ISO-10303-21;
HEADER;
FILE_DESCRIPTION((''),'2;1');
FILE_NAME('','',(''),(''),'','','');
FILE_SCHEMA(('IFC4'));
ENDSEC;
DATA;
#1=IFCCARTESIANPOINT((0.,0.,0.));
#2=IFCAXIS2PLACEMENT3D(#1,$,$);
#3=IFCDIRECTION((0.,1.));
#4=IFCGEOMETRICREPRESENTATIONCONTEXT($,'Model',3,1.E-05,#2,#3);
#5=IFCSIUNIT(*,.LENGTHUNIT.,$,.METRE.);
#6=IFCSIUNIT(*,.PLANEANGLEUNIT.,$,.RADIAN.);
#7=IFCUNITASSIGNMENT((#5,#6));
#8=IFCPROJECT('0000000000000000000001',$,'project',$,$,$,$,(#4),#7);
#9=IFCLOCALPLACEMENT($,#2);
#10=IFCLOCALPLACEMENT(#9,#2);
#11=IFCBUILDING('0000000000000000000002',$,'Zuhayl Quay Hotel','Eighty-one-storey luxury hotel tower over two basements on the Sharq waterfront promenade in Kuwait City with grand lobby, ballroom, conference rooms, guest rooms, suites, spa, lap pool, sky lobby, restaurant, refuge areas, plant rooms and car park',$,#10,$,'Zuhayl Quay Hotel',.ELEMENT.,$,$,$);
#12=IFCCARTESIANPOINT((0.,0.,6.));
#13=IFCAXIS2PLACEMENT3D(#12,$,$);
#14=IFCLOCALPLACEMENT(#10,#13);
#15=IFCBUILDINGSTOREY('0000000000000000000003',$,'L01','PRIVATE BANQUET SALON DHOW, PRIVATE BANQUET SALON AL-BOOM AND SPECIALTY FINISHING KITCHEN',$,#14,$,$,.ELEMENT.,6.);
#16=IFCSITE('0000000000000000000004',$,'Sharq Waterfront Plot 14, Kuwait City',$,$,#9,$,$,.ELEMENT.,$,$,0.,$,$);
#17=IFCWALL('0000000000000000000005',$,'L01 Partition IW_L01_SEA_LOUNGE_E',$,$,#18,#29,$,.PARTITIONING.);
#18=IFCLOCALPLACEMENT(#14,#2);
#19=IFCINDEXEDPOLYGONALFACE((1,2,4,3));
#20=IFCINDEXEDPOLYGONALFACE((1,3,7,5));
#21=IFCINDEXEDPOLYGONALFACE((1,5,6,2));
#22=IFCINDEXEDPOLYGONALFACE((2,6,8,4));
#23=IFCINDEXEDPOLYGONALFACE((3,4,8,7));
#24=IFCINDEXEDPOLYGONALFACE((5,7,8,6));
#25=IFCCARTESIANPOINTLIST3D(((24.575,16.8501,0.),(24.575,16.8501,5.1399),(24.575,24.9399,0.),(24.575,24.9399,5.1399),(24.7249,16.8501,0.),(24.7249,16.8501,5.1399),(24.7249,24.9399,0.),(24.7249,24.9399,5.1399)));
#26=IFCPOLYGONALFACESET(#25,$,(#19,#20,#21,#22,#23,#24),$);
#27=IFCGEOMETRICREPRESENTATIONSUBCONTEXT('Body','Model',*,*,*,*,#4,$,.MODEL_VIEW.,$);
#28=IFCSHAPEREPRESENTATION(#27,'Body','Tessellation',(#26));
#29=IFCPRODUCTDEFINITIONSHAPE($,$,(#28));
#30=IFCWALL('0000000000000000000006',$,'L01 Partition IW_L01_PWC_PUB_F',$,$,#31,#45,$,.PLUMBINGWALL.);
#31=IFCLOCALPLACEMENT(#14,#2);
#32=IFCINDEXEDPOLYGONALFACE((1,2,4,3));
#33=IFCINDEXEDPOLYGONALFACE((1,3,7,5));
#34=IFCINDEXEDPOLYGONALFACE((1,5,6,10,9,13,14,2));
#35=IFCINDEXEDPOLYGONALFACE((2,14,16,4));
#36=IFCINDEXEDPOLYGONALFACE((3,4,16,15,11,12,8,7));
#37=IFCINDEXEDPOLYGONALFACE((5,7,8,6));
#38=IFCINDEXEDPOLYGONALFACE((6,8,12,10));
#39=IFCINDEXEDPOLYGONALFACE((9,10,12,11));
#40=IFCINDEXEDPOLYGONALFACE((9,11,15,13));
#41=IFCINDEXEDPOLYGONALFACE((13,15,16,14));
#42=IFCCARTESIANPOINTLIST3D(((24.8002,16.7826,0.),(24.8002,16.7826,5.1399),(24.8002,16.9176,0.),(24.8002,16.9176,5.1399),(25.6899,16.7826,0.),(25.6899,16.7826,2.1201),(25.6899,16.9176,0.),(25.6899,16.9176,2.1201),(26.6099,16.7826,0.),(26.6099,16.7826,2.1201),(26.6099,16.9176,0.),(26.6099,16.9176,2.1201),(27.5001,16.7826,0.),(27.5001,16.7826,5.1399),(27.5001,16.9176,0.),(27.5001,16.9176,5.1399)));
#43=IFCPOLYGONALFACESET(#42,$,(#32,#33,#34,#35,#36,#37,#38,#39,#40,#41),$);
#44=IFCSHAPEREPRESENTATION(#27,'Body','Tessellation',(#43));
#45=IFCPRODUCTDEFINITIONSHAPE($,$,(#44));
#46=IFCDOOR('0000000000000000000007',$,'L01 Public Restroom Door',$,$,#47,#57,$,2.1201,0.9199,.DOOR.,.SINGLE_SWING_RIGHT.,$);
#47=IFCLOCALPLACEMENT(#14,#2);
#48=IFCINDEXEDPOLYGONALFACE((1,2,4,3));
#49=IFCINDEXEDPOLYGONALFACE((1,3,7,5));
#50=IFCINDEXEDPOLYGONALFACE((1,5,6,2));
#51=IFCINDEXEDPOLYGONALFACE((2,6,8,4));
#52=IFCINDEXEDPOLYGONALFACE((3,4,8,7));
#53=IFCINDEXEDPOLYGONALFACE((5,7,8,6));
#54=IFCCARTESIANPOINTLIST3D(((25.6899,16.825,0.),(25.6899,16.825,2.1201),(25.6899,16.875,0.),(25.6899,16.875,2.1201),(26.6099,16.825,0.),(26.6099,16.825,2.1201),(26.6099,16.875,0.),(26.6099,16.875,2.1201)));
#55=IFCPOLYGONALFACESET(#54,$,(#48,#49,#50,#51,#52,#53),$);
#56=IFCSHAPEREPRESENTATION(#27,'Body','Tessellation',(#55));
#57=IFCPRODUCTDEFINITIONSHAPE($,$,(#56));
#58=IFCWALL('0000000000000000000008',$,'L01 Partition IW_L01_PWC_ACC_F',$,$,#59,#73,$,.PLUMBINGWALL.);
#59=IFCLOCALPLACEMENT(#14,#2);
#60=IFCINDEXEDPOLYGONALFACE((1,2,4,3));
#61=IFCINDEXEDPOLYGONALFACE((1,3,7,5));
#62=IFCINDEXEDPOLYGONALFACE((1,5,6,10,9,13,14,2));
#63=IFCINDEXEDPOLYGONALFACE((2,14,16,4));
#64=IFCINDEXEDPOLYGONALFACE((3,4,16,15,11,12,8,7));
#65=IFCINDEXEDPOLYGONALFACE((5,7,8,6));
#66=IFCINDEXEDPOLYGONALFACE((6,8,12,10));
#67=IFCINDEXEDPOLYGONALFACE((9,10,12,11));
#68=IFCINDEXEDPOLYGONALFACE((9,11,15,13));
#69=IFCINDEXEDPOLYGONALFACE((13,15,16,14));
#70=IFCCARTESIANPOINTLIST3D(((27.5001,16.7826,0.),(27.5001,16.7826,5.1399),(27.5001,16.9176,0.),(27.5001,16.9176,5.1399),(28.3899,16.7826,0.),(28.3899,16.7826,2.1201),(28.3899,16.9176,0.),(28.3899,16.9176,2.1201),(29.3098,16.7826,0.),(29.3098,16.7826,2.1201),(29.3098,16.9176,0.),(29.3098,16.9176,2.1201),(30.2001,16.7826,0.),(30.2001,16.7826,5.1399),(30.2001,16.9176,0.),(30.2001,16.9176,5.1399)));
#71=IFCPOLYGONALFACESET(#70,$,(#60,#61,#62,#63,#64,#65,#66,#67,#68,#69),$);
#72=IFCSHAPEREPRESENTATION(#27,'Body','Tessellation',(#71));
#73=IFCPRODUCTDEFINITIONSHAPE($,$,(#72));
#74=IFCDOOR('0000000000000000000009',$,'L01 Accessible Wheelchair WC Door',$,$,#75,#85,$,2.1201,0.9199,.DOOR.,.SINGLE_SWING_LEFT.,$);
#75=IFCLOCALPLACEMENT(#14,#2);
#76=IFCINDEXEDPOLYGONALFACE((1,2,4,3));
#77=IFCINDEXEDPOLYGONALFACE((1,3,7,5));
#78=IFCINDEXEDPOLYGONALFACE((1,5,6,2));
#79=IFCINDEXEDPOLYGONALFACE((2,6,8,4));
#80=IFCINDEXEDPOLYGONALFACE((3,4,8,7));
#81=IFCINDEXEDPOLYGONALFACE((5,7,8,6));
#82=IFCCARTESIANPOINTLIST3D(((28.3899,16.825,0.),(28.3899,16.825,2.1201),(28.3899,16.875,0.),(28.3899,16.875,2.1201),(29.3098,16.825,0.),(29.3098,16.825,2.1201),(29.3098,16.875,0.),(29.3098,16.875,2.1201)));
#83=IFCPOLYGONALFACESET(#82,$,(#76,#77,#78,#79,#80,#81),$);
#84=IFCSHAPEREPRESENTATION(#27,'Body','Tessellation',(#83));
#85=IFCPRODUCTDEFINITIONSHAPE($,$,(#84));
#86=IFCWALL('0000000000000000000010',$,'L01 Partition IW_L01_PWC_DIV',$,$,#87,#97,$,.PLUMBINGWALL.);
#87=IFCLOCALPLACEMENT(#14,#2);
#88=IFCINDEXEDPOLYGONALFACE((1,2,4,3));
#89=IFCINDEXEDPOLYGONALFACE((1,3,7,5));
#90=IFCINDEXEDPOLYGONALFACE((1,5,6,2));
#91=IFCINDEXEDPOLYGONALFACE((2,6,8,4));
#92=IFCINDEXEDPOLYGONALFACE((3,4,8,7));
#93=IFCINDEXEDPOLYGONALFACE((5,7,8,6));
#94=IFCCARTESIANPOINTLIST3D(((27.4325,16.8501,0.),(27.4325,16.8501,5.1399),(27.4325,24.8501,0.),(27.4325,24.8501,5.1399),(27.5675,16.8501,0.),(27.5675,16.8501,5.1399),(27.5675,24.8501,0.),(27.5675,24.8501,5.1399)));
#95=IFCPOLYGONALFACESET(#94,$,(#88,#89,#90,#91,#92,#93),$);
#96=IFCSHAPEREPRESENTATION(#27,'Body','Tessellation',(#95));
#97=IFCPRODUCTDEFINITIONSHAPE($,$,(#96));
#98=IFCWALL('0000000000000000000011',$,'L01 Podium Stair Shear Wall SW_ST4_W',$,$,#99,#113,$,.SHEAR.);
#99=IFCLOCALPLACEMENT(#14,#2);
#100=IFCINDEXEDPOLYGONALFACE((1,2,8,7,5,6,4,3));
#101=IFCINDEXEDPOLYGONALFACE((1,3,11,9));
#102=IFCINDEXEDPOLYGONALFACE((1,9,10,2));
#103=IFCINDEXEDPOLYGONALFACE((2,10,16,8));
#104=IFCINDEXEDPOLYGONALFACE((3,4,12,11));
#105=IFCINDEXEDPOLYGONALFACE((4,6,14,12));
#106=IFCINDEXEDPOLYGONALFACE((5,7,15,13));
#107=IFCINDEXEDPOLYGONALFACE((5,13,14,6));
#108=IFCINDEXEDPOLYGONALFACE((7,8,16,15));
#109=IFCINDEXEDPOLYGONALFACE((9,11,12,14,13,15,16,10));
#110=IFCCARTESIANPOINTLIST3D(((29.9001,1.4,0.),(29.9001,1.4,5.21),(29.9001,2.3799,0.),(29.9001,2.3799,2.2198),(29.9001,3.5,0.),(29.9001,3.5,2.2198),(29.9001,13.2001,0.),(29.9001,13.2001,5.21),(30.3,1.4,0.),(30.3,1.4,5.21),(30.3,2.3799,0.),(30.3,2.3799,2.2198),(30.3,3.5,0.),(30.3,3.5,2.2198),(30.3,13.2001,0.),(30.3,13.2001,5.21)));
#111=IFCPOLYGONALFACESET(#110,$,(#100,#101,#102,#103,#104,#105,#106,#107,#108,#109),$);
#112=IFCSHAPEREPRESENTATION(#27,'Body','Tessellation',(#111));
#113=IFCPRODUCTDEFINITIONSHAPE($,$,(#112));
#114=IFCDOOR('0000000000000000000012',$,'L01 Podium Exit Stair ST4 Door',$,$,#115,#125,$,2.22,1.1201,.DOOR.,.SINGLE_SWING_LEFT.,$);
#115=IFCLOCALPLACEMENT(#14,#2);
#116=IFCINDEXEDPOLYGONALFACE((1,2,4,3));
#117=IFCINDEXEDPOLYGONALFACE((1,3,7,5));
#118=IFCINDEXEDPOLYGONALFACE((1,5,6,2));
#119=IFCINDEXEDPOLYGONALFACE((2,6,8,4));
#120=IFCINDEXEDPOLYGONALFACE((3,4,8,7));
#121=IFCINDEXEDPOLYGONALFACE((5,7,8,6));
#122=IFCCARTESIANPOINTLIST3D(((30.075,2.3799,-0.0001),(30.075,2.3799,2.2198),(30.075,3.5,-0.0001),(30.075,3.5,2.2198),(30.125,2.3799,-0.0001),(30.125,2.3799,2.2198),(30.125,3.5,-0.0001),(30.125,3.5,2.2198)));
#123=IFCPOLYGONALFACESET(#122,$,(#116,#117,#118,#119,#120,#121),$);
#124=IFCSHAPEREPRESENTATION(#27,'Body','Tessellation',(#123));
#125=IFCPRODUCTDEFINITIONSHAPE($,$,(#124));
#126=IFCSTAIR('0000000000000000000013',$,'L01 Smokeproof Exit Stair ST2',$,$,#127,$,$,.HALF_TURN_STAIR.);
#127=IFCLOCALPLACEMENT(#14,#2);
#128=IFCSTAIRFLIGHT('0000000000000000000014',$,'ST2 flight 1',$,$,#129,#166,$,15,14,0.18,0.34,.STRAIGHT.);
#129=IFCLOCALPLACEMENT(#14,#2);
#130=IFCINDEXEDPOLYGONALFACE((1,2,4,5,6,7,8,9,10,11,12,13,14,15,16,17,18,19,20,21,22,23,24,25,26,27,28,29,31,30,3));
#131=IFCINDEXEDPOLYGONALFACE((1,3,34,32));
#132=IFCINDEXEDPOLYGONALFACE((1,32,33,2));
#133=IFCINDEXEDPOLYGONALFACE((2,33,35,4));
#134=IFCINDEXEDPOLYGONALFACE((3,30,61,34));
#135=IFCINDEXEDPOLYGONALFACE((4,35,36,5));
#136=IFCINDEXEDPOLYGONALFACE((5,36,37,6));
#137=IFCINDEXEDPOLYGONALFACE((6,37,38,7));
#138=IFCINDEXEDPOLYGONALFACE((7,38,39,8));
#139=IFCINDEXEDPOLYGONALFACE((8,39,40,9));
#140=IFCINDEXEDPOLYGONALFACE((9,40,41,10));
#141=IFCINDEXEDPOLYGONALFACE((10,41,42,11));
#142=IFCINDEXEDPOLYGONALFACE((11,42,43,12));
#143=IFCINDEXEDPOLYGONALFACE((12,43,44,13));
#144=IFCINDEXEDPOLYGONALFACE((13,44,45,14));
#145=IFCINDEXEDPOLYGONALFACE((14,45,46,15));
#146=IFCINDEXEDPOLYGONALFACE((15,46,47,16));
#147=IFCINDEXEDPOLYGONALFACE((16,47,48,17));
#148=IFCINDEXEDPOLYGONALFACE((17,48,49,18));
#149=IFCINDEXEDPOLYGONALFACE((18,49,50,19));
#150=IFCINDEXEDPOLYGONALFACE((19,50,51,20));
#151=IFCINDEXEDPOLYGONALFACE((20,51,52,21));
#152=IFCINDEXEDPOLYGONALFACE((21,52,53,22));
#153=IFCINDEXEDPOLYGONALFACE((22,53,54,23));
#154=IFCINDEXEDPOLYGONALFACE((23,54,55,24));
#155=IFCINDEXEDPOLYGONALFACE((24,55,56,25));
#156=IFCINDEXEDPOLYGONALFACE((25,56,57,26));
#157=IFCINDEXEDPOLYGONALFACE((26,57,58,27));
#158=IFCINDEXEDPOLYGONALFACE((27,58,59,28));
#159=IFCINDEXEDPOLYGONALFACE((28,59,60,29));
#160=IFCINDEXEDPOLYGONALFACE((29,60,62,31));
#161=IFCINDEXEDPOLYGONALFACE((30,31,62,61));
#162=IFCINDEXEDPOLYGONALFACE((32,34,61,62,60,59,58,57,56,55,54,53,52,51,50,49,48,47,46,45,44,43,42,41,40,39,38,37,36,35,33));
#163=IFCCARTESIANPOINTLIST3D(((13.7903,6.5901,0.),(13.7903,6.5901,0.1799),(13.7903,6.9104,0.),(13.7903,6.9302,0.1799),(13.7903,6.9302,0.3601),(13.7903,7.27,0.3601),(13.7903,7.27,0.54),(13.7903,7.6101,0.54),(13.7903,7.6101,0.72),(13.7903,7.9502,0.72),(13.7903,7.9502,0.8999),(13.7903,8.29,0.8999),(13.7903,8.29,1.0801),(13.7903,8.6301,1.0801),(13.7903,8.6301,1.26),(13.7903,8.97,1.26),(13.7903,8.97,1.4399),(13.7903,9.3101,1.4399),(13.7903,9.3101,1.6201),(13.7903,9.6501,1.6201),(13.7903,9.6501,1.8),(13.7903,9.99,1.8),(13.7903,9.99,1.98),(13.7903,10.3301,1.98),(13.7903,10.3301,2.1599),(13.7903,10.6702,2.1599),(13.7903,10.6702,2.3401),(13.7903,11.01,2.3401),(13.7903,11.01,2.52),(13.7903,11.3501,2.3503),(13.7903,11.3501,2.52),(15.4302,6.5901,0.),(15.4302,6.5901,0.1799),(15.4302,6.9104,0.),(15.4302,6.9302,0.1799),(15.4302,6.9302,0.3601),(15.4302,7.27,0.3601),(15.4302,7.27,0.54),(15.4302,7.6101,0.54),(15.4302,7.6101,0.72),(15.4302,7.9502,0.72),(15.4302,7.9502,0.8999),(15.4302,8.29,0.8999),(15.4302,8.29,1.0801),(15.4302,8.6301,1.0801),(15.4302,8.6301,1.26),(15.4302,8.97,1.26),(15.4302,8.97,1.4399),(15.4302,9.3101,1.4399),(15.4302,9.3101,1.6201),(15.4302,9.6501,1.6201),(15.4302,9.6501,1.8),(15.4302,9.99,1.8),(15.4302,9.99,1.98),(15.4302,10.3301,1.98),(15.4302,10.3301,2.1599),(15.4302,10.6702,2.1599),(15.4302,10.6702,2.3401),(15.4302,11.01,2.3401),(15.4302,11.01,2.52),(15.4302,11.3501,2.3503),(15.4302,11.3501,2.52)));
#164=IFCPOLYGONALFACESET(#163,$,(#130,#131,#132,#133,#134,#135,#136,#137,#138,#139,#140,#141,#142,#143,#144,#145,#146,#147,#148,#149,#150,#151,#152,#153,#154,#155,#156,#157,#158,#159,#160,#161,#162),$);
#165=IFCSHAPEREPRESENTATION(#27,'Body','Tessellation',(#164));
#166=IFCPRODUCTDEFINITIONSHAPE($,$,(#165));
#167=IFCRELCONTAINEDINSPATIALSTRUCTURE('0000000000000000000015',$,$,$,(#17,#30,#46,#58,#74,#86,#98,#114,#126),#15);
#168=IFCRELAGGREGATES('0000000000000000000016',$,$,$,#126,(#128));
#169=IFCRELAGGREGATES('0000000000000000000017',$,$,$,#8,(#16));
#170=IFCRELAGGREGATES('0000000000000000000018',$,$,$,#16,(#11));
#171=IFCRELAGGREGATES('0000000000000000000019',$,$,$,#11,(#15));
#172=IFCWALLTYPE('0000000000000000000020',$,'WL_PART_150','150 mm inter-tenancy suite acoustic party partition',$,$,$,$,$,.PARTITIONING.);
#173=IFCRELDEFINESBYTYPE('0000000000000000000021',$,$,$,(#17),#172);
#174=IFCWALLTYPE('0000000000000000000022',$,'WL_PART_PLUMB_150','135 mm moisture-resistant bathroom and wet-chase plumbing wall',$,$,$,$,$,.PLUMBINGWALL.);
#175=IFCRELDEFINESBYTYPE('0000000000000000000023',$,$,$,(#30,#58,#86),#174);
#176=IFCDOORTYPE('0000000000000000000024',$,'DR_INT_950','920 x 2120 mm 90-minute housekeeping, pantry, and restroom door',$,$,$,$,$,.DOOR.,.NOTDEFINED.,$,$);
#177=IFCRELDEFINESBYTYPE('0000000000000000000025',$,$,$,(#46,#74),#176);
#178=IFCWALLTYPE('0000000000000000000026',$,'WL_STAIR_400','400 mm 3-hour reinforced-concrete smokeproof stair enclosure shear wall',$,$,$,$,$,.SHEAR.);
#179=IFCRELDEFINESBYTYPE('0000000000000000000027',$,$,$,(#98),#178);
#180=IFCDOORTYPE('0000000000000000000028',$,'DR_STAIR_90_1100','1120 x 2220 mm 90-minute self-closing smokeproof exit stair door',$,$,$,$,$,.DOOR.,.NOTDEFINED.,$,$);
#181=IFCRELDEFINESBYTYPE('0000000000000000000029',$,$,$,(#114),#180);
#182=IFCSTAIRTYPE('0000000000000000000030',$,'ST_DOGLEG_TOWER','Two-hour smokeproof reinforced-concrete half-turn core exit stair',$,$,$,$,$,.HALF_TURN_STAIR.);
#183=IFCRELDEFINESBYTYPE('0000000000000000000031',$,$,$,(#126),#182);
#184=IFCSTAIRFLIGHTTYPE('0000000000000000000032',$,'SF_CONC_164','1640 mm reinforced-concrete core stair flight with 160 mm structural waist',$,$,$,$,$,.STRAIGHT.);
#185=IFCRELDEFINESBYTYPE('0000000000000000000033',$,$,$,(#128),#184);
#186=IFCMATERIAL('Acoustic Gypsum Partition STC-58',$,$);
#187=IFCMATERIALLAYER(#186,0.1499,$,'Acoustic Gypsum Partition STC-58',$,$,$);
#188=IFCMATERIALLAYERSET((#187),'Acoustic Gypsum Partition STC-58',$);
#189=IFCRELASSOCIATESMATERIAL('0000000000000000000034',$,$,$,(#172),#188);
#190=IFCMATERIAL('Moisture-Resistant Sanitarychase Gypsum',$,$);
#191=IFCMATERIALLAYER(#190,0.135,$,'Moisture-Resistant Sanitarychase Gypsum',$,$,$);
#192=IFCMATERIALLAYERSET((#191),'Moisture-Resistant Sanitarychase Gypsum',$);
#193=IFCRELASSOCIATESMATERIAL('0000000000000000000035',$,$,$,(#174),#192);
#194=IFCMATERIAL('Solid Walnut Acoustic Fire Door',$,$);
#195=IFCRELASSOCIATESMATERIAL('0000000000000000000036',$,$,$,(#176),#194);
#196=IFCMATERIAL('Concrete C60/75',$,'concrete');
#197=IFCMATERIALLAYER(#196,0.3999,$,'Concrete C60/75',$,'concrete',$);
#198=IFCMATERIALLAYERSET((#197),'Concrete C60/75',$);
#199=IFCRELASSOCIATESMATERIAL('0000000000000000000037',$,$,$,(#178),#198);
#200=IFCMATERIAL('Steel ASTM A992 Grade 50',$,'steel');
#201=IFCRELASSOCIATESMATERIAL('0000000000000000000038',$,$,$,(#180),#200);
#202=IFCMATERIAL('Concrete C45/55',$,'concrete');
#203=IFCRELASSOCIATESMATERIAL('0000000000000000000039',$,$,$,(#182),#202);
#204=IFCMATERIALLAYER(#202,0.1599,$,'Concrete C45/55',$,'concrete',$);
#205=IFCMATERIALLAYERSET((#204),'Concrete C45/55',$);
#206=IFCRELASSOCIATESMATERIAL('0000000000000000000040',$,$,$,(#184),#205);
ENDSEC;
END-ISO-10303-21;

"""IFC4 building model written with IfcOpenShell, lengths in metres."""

from ifc_helpers import new_model, si_unit, direction, frame, frame_2d, origin, place, context, subcontext, project, spatial, polyline, rectangle, outline, extrude, material, layer, layer_set, type_object, element, fill, aggregate, save


model = new_model("IFC4")

# Units and contexts
model_context = context("Model", 3, precision=1e-05, world=origin(), true_north=direction((0.0, 1.0)))
body_context = subcontext(model_context, "Body", "Model", "MODEL_VIEW")
ifc_project = project(units=[si_unit("LENGTHUNIT", "METRE"), si_unit("PLANEANGLEUNIT", "RADIAN")], contexts=[model_context])

# Site, building, storey
site_placement = place(None, origin())
site = spatial("IfcSite", under=ifc_project, at=site_placement, Name="Sharq Waterfront Plot 14, Kuwait City", CompositionType="ELEMENT", RefElevation=0.0)
building_placement = place(site_placement, origin())
building = spatial("IfcBuilding", under=site, at=building_placement, Name="Zuhayl Quay Hotel", Description="Eighty-one-storey luxury hotel tower over two basements on the Sharq waterfront promenade in Kuwait City with grand lobby, ballroom, conference rooms, guest rooms, suites, spa, lap pool, sky lobby, restaurant, refuge areas, plant rooms and car park", LongName="Zuhayl Quay Hotel", CompositionType="ELEMENT")
storey_placement = place(building_placement, frame((0.0, 0.0, 6.0)))
storey = spatial("IfcBuildingStorey", under=building, at=storey_placement, Name="L01", Description="PRIVATE BANQUET SALON DHOW, PRIVATE BANQUET SALON AL-BOOM AND SPECIALTY FINISHING KITCHEN", CompositionType="ELEMENT", Elevation=6.0)

# Shared definitions
ifc_material_1 = material(Name="Steel ASTM A992 Grade 50", Category="steel")

# Wall
ifc_material_2 = material(Name="Acoustic Gypsum Partition STC-58")
ifc_layer_1 = layer(ifc_material_2, 0.1499, Name="Acoustic Gypsum Partition STC-58")
ifc_layer_set_1 = layer_set([ifc_layer_1], Name="Acoustic Gypsum Partition STC-58")
wall_type_1 = type_object("IfcWallType", Name="WL_PART_150", Description="150 mm inter-tenancy suite acoustic party partition", PredefinedType="PARTITIONING", material=ifc_layer_set_1)
wall_1_placement = place(storey_placement, frame((24.6499, 16.8501, 0.0), z_axis=(0.0, 0.0, 1.0), x_axis=(0.0, 1.0, 0.0)))
element("IfcWall", 1, at=wall_1_placement, inside=storey, type_object=wall_type_1, Name="L01 Partition IW_L01_SEA_LOUNGE_E", PredefinedType="PARTITIONING", context=body_context, shape_type="SweptSolid", body=[
    extrude(rectangle(XDim=8.0898, YDim=0.1499, at=frame_2d((4.0449, 0.0))), origin(), (0.0, 0.0, 1.0), 5.1399),
])

# Walls, openings, doors
ifc_material_3 = material(Name="Moisture-Resistant Sanitarychase Gypsum")
ifc_layer_2 = layer(ifc_material_3, 0.135, Name="Moisture-Resistant Sanitarychase Gypsum")
ifc_layer_set_2 = layer_set([ifc_layer_2], Name="Moisture-Resistant Sanitarychase Gypsum")
wall_type_2 = type_object("IfcWallType", Name="WL_PART_PLUMB_150", Description="135 mm moisture-resistant bathroom and wet-chase plumbing wall", PredefinedType="PLUMBINGWALL", material=ifc_layer_set_2)
wall_2_placement = place(storey_placement, frame((24.8, 16.8501, 0.0), z_axis=(0.0, 0.0, 1.0), x_axis=(1.0, 0.0, 0.0)))
wall_2 = element("IfcWall", 2, at=wall_2_placement, inside=storey, type_object=wall_type_2, Name="L01 Partition IW_L01_PWC_PUB_F", PredefinedType="PLUMBINGWALL", context=body_context, shape_type="SweptSolid", body=[
    extrude(rectangle(XDim=2.7, YDim=0.135, at=frame_2d((1.3501, 0.0))), origin(), (0.0, 0.0, 1.0), 5.1399),
])
opening_1_placement = place(wall_2_placement, frame((0.8899, 0.0, 0.0)))
opening_1 = element("IfcOpeningElement", 3, at=opening_1_placement, cuts=wall_2, PredefinedType="OPENING", context=body_context, shape_type="SweptSolid", body=[
    extrude(rectangle(XDim=0.9199, YDim=2.1201, at=frame_2d((0.46, 1.0601))), frame((0.0, 0.0774, 0.0), z_axis=(0.0, -1.0, 0.0), x_axis=(1.0, 0.0, 0.0)), (0.0, 0.0, 1.0), 0.155),
])
ifc_material_4 = material(Name="Solid Walnut Acoustic Fire Door")
door_type_1 = type_object("IfcDoorType", Name="DR_INT_950", Description="920 x 2120 mm 90-minute housekeeping, pantry, and restroom door", OperationType="NOTDEFINED", PredefinedType="DOOR", material=ifc_material_4)
door_1_placement = place(opening_1_placement, origin())
door_1 = element("IfcDoor", 4, at=door_1_placement, inside=storey, type_object=door_type_1, Name="L01 Public Restroom Door", OperationType="SINGLE_SWING_RIGHT", OverallHeight=2.1201, OverallWidth=0.9199, PredefinedType="DOOR", context=body_context, shape_type="SweptSolid", body=[
    extrude(rectangle(XDim=0.9199, YDim=2.1201, at=frame_2d((0.46, 1.0601))), frame((0.0, 0.0249, 0.0), z_axis=(0.0, -1.0, 0.0), x_axis=(1.0, 0.0, 0.0)), (0.0, 0.0, 1.0), 0.05),
])
fill(opening_1, door_1)
wall_3_placement = place(storey_placement, frame((27.5, 16.8501, 0.0), z_axis=(0.0, 0.0, 1.0), x_axis=(1.0, 0.0, 0.0)))
wall_3 = element("IfcWall", 5, at=wall_3_placement, inside=storey, type_object=wall_type_2, Name="L01 Partition IW_L01_PWC_ACC_F", PredefinedType="PLUMBINGWALL", context=body_context, shape_type="SweptSolid", body=[
    extrude(rectangle(XDim=2.7, YDim=0.135, at=frame_2d((1.3501, 0.0))), origin(), (0.0, 0.0, 1.0), 5.1399),
])
opening_2_placement = place(wall_3_placement, frame((0.8899, 0.0, 0.0)))
opening_2 = element("IfcOpeningElement", 6, at=opening_2_placement, cuts=wall_3, PredefinedType="OPENING", context=body_context, shape_type="SweptSolid", body=[
    extrude(rectangle(XDim=0.9199, YDim=2.1201, at=frame_2d((0.46, 1.0601))), frame((0.0, 0.0774, 0.0), z_axis=(0.0, -1.0, 0.0), x_axis=(1.0, 0.0, 0.0)), (0.0, 0.0, 1.0), 0.155),
])
door_2_placement = place(opening_2_placement, origin())
door_2 = element("IfcDoor", 7, at=door_2_placement, inside=storey, type_object=door_type_1, Name="L01 Accessible Wheelchair WC Door", OperationType="SINGLE_SWING_LEFT", OverallHeight=2.1201, OverallWidth=0.9199, PredefinedType="DOOR", context=body_context, shape_type="SweptSolid", body=[
    extrude(rectangle(XDim=0.9199, YDim=2.1201, at=frame_2d((0.46, 1.0601))), frame((0.0, 0.0249, 0.0), z_axis=(0.0, -1.0, 0.0), x_axis=(1.0, 0.0, 0.0)), (0.0, 0.0, 1.0), 0.05),
])
fill(opening_2, door_2)

# Wall
wall_4_placement = place(storey_placement, frame((27.5, 16.8501, 0.0), z_axis=(0.0, 0.0, 1.0), x_axis=(0.0, 1.0, 0.0)))
element("IfcWall", 8, at=wall_4_placement, inside=storey, type_object=wall_type_2, Name="L01 Partition IW_L01_PWC_DIV", PredefinedType="PLUMBINGWALL", context=body_context, shape_type="SweptSolid", body=[
    extrude(rectangle(XDim=8.0, YDim=0.135, at=frame_2d((4.0, 0.0))), origin(), (0.0, 0.0, 1.0), 5.1399),
])

# Wall, opening, door
ifc_material_5 = material(Name="Concrete C60/75", Category="concrete")
ifc_layer_3 = layer(ifc_material_5, 0.3999, Name="Concrete C60/75", Category="concrete")
ifc_layer_set_3 = layer_set([ifc_layer_3], Name="Concrete C60/75")
wall_type_3 = type_object("IfcWallType", Name="WL_STAIR_400", Description="400 mm 3-hour reinforced-concrete smokeproof stair enclosure shear wall", PredefinedType="SHEAR", material=ifc_layer_set_3)
wall_5_placement = place(storey_placement, frame((30.1001, 13.2, 0.0), z_axis=(0.0, 0.0, 1.0), x_axis=(0.0, -1.0, 0.0)))
wall_5 = element("IfcWall", 9, at=wall_5_placement, inside=storey, type_object=wall_type_3, Name="L01 Podium Stair Shear Wall SW_ST4_W", PredefinedType="SHEAR", context=body_context, shape_type="SweptSolid", body=[
    extrude(rectangle(XDim=11.8, YDim=0.3999, at=frame_2d((5.8999, 0.0))), origin(), (0.0, 0.0, 1.0), 5.21),
])
opening_3_placement = place(wall_5_placement, frame((9.7, 0.0, 0.0)))
opening_3 = element("IfcOpeningElement", 10, at=opening_3_placement, cuts=wall_5, PredefinedType="OPENING", context=body_context, shape_type="SweptSolid", body=[
    extrude(rectangle(XDim=1.1201, YDim=2.22, at=frame_2d((0.5601, 1.1099))), frame((0.0, 0.21, 0.0), z_axis=(0.0, -1.0, 0.0), x_axis=(1.0, 0.0, 0.0)), (0.0, 0.0, 1.0), 0.4199),
])
door_type_2 = type_object("IfcDoorType", Name="DR_STAIR_90_1100", Description="1120 x 2220 mm 90-minute self-closing smokeproof exit stair door", OperationType="NOTDEFINED", PredefinedType="DOOR", material=ifc_material_1)
door_3_placement = place(opening_3_placement, origin())
door_3 = element("IfcDoor", 11, at=door_3_placement, inside=storey, type_object=door_type_2, Name="L01 Podium Exit Stair ST4 Door", OperationType="SINGLE_SWING_LEFT", OverallHeight=2.22, OverallWidth=1.1201, PredefinedType="DOOR", context=body_context, shape_type="SweptSolid", body=[
    extrude(rectangle(XDim=1.1201, YDim=2.22, at=frame_2d((0.5601, 1.1099))), frame((0.0, 0.0249, 0.0), z_axis=(0.0, -1.0, 0.0), x_axis=(1.0, 0.0, 0.0)), (0.0, 0.0, 1.0), 0.05),
])
fill(opening_3, door_3)

# Stair, stair flight
ifc_material_6 = material(Name="Concrete C45/55", Category="concrete")
stair_type = type_object("IfcStairType", Name="ST_DOGLEG_TOWER", Description="Two-hour smokeproof reinforced-concrete half-turn core exit stair", PredefinedType="HALF_TURN_STAIR", material=ifc_material_6)
stair_placement = place(storey_placement, origin())
stair = element("IfcStair", 12, at=stair_placement, inside=storey, type_object=stair_type, Name="L01 Smokeproof Exit Stair ST2", PredefinedType="HALF_TURN_STAIR")
ifc_layer_4 = layer(ifc_material_6, 0.1599, Name="Concrete C45/55", Category="concrete")
ifc_layer_set_4 = layer_set([ifc_layer_4], Name="Concrete C45/55")
stair_flight_type = type_object("IfcStairFlightType", Name="SF_CONC_164", Description="1640 mm reinforced-concrete core stair flight with 160 mm structural waist", PredefinedType="STRAIGHT", material=ifc_layer_set_4)
stair_flight_placement = place(storey_placement, frame((14.6101, 6.5901, 0.0), z_axis=(0.0, 0.0, 1.0), x_axis=(0.0, 1.0, 0.0)))
stair_flight = element("IfcStairFlight", 13, at=stair_flight_placement, type_object=stair_flight_type, Name="ST2 flight 1", NumberOfRisers=15, NumberOfTreads=14, PredefinedType="STRAIGHT", RiserHeight=0.18, TreadLength=0.34, context=body_context, shape_type="SweptSolid", body=[
    extrude(outline(polyline([(0.0, 0.0), (0.0, 0.1799), (0.3401, 0.1799), (0.3401, 0.3601), (0.6799, 0.3601), (0.6799, 0.54), (1.02, 0.54), (1.02, 0.72), (1.3601, 0.72), (1.3601, 0.8999), (1.7, 0.8999), (1.7, 1.0801), (2.04, 1.0801), (2.04, 1.26), (2.3799, 1.26), (2.3799, 1.4399), (2.72, 1.4399), (2.72, 1.6201), (3.0601, 1.6201), (3.0601, 1.8), (3.3999, 1.8), (3.3999, 1.98), (3.74, 1.98), (3.74, 2.1599), (4.0801, 2.1599), (4.0801, 2.3401), (4.4199, 2.3401), (4.4199, 2.52), (4.76, 2.52), (4.76, 2.7), (4.76, 2.3503), (0.3203, 0.0), (0.0, 0.0)])), frame((0.0, 0.8198, 0.0), z_axis=(0.0, -1.0, 0.0), x_axis=(1.0, 0.0, 0.0)), (0.0, 0.0, 1.0), 1.6399),
])
aggregate(stair, [stair_flight])

save(model, "model.ifc")
